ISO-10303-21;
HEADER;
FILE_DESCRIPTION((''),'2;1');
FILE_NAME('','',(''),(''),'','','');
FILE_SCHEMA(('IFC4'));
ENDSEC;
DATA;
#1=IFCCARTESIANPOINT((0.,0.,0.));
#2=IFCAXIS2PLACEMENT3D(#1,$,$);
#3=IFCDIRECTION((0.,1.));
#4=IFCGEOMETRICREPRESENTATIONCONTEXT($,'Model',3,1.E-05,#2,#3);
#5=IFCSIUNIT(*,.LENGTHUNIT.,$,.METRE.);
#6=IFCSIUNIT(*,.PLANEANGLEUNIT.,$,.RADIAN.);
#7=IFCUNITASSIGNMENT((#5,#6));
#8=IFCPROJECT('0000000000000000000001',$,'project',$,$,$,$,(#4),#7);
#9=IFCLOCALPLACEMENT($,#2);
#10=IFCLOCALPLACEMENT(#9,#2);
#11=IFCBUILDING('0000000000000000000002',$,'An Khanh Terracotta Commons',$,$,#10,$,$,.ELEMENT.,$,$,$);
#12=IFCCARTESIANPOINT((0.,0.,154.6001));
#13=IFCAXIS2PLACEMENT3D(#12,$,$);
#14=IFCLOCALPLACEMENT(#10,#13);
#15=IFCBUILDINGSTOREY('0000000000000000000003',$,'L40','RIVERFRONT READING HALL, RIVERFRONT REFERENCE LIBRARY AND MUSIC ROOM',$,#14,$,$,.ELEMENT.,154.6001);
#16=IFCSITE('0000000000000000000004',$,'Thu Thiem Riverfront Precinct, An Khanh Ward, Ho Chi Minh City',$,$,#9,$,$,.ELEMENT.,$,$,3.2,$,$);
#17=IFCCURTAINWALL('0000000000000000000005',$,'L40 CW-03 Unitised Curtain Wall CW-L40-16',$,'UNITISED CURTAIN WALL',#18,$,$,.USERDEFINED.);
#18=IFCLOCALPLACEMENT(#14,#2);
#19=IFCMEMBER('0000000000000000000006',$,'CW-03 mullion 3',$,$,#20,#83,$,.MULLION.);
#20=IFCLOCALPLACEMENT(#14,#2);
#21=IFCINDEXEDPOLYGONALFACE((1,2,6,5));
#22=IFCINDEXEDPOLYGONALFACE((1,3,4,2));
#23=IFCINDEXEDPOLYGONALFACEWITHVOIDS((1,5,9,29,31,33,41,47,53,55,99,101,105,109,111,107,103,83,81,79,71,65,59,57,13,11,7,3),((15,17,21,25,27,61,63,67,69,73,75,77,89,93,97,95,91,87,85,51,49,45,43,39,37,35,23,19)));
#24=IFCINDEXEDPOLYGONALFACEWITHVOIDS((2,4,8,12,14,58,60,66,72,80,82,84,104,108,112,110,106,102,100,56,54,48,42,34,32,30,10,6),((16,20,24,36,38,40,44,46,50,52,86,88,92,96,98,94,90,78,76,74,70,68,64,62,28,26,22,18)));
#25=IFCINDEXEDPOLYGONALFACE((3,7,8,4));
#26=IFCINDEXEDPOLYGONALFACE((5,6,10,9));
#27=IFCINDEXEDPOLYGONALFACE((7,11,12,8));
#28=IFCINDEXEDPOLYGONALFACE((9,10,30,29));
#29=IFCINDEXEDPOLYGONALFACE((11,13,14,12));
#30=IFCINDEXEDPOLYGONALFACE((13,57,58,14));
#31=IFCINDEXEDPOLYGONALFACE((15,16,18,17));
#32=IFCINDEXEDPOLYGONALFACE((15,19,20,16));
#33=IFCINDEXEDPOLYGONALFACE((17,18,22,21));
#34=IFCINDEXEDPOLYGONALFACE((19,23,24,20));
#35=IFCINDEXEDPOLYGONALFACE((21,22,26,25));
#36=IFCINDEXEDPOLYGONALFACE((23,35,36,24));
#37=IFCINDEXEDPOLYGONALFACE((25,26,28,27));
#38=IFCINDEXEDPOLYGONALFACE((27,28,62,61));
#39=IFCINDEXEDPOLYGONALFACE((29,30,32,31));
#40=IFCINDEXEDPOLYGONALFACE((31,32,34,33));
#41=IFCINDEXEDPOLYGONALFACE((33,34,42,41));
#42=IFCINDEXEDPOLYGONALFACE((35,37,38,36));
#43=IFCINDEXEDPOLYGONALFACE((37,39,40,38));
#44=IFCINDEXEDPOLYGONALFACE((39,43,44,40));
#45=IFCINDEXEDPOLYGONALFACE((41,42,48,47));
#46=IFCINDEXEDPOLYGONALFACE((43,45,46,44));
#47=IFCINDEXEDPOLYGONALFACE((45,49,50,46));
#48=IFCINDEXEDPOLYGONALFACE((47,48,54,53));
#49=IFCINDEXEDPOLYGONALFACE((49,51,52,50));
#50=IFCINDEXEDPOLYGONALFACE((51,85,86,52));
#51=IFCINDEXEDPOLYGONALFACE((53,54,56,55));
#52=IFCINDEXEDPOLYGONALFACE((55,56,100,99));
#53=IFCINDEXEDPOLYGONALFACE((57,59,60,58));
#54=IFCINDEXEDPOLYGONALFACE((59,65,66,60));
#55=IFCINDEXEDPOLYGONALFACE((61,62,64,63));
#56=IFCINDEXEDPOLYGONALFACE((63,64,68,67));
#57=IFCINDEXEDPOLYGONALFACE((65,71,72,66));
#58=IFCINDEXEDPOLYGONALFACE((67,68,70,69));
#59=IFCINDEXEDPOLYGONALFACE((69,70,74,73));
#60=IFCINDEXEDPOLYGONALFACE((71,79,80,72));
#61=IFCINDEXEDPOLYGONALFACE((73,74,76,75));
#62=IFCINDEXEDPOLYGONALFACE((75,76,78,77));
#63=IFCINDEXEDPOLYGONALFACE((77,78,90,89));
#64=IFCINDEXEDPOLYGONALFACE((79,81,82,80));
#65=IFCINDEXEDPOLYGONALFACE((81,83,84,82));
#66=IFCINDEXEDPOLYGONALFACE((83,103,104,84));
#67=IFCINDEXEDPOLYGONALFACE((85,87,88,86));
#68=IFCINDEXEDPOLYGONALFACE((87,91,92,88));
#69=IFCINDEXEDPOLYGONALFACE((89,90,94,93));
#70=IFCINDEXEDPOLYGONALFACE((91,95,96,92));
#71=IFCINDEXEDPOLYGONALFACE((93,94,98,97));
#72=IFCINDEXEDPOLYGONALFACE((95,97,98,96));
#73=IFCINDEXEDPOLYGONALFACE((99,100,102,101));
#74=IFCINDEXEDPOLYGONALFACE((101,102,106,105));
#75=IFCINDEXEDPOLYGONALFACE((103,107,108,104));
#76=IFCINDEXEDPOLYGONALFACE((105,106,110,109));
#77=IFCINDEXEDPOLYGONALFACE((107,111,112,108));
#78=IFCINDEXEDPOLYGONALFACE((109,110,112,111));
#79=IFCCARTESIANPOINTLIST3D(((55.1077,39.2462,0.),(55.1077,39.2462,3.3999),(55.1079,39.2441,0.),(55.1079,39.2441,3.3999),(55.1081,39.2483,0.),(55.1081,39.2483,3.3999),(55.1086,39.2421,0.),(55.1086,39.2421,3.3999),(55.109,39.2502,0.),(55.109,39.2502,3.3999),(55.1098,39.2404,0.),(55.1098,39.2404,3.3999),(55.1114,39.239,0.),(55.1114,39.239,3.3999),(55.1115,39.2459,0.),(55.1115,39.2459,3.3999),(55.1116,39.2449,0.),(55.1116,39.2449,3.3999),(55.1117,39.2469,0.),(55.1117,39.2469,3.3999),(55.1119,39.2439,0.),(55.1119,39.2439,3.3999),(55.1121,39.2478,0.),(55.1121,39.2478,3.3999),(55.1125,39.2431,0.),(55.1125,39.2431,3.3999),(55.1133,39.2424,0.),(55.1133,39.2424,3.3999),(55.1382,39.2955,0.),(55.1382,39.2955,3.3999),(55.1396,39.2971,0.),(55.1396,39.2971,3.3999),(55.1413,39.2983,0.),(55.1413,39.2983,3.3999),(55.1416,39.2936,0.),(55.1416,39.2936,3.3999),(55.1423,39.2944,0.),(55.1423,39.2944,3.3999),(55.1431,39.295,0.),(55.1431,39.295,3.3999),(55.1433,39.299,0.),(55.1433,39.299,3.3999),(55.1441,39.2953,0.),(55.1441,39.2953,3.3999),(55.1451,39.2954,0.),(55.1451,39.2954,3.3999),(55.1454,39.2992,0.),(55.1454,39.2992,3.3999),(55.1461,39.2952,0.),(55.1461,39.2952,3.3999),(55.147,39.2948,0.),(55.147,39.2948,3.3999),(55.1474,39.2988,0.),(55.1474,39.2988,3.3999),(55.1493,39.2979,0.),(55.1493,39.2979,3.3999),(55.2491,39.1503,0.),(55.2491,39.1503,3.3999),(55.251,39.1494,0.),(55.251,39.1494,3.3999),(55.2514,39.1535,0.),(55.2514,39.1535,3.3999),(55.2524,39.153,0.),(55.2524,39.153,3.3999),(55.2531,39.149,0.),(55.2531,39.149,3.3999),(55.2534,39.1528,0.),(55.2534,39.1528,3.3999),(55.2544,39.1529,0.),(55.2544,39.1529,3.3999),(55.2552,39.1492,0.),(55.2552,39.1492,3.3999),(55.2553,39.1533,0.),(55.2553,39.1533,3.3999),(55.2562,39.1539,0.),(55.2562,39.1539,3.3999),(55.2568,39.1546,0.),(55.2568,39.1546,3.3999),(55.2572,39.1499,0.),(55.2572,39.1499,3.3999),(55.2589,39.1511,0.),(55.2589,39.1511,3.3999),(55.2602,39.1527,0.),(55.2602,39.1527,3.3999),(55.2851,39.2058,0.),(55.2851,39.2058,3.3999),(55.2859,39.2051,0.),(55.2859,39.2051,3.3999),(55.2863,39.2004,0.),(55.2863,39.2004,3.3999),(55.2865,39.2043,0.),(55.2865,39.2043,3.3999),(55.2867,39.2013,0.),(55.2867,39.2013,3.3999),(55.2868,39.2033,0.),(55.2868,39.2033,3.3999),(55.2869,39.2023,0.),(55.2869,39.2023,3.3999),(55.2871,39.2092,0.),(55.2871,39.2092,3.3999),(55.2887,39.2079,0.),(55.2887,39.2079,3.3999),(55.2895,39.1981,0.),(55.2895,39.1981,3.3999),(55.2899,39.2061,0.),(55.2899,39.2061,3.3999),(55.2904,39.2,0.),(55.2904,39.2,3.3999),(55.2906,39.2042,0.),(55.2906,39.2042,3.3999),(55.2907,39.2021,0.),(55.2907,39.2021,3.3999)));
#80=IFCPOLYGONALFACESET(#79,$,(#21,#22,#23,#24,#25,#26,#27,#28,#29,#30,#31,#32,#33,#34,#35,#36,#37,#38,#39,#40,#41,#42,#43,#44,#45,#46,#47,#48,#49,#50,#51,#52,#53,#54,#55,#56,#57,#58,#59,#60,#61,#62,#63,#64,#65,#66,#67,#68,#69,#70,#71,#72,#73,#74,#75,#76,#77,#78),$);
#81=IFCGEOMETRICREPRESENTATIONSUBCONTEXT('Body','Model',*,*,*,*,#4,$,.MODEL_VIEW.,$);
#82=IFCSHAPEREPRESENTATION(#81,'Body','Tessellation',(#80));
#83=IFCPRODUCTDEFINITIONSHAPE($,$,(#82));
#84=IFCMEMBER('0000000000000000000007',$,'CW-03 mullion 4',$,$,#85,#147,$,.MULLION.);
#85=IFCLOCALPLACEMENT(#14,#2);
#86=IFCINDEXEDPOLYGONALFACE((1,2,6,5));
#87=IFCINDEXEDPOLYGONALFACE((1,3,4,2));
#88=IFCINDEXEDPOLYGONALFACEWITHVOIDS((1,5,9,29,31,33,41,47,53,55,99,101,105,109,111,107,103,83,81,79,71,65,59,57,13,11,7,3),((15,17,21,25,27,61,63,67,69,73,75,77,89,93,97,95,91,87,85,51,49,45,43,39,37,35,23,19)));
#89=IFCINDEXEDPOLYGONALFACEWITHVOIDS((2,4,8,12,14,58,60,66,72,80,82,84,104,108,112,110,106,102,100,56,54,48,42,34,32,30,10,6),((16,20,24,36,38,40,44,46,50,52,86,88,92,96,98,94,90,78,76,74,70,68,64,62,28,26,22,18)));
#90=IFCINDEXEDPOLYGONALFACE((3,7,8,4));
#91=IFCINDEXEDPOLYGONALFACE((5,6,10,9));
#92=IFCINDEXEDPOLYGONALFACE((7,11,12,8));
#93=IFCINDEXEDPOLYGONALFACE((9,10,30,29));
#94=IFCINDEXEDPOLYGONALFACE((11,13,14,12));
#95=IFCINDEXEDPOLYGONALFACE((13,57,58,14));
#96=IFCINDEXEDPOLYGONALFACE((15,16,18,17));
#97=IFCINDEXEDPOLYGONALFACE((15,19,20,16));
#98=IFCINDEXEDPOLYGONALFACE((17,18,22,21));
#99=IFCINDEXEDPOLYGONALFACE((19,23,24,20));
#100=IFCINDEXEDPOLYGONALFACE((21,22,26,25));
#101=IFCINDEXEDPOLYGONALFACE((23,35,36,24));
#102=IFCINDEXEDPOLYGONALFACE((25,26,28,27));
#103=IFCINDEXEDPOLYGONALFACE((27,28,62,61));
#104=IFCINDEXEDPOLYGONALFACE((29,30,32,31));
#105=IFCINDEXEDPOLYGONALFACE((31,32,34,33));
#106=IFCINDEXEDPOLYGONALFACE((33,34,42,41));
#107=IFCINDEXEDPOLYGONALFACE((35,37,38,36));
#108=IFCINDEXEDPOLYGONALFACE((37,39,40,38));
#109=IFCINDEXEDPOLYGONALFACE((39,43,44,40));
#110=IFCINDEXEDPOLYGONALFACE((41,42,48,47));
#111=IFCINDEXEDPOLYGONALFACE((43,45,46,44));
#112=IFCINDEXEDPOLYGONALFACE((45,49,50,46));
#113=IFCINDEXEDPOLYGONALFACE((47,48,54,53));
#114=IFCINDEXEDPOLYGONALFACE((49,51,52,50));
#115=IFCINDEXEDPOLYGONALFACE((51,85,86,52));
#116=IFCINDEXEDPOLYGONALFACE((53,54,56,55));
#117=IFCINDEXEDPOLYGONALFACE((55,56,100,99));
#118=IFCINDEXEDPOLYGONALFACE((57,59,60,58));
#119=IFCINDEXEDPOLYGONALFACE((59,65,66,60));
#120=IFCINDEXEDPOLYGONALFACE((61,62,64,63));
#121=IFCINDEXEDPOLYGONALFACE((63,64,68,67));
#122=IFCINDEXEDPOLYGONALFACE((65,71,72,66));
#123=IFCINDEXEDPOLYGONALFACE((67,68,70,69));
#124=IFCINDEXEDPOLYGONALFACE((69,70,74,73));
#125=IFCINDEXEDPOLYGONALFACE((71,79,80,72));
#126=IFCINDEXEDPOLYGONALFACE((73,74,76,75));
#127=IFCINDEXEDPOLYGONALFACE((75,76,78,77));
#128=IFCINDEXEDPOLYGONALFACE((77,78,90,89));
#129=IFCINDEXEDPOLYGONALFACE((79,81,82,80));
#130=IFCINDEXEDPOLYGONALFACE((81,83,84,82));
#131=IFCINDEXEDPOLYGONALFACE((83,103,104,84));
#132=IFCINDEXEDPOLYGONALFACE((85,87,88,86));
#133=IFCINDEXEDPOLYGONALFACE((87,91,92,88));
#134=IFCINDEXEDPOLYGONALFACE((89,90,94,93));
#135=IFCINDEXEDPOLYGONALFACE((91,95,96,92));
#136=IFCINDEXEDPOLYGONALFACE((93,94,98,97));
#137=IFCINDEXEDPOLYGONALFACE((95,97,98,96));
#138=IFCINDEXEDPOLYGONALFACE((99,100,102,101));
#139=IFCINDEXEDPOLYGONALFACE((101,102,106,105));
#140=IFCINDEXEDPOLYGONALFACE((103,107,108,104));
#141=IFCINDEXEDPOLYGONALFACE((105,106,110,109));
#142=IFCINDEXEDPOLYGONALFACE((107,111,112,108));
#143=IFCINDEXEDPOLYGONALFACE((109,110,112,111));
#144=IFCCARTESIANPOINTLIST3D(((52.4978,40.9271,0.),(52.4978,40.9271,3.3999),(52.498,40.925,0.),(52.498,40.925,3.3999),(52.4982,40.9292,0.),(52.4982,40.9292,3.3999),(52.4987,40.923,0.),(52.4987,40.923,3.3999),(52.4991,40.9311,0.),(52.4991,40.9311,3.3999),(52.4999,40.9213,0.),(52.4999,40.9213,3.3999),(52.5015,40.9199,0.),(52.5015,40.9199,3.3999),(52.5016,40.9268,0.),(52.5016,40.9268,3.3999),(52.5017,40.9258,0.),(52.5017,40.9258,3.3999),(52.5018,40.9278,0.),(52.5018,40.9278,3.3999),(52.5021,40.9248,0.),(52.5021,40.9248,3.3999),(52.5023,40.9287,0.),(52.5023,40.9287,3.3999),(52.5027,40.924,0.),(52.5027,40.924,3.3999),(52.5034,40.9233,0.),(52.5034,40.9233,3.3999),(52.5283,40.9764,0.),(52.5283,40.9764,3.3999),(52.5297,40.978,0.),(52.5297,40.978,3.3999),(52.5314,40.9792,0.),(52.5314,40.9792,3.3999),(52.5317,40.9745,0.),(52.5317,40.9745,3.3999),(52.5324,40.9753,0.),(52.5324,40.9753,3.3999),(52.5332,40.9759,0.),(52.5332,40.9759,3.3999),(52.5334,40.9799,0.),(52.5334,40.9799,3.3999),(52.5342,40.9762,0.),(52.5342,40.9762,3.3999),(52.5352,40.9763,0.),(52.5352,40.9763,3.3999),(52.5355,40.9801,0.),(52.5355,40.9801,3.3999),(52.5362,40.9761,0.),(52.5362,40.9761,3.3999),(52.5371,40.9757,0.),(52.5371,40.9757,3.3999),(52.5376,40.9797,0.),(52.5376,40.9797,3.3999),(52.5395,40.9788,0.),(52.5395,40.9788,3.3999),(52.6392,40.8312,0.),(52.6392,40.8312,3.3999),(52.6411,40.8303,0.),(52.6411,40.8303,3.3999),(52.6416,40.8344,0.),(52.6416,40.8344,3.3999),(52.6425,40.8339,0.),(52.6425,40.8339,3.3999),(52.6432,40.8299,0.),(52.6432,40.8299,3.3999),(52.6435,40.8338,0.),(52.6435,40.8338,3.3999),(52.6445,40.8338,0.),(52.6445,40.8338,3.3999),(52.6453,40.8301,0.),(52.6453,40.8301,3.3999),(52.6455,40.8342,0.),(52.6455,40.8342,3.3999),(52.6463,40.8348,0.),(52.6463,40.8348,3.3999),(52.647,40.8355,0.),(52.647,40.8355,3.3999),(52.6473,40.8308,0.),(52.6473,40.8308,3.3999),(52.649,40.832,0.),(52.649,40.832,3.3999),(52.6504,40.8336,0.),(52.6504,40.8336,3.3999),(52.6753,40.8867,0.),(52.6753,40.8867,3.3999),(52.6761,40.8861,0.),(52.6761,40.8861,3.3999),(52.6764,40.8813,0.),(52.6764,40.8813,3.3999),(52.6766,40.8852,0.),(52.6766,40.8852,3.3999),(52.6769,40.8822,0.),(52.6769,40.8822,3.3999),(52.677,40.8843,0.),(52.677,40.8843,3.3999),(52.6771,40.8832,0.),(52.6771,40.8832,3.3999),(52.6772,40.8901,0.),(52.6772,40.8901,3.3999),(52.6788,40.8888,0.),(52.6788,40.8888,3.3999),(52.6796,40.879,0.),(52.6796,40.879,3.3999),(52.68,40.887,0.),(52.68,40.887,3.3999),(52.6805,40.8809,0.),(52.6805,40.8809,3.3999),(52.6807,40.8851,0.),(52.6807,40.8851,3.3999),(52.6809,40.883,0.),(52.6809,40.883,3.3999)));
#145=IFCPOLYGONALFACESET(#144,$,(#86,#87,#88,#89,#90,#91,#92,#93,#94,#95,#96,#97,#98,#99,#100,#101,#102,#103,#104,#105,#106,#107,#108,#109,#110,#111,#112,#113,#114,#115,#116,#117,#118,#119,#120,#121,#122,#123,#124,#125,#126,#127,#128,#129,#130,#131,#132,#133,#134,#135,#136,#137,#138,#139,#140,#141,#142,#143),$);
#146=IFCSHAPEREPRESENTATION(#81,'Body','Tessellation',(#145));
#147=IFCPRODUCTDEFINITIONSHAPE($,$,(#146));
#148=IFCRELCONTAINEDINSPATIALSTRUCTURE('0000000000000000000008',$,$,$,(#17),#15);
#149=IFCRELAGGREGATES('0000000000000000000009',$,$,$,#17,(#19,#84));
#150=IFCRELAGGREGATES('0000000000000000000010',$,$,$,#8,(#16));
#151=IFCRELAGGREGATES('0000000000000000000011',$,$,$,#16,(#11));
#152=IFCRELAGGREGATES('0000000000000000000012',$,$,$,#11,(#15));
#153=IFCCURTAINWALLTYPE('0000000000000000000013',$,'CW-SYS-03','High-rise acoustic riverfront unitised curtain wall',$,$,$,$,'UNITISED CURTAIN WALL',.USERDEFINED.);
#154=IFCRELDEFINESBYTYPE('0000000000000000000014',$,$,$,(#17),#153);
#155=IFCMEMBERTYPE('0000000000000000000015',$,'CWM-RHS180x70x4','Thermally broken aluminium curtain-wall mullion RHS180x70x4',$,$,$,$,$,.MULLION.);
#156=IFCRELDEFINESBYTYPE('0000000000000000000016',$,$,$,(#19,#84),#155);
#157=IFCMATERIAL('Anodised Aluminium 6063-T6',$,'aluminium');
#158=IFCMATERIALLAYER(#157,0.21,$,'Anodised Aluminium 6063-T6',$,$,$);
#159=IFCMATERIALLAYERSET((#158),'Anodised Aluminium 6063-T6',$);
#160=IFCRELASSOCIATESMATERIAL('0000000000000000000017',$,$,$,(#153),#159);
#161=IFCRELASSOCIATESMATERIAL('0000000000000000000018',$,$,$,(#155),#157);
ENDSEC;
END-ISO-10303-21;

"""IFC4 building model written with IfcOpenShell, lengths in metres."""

from ifc_helpers import new_model, si_unit, direction, frame, origin, origin_2d, place, context, subcontext, project, spatial, hollow_rectangle, extrude, material, layer, layer_set, material_profile, profile_set, type_object, element, aggregate, save


model = new_model("IFC4")

# Units and contexts
model_context = context("Model", 3, precision=1e-05, world=origin(), true_north=direction((0.0, 1.0)))
body_context = subcontext(model_context, "Body", "Model", "MODEL_VIEW")
ifc_project = project(units=[si_unit("LENGTHUNIT", "METRE"), si_unit("PLANEANGLEUNIT", "RADIAN")], contexts=[model_context])

# Site, building, storey
site_placement = place(None, origin())
site = spatial("IfcSite", under=ifc_project, at=site_placement, Name="Thu Thiem Riverfront Precinct, An Khanh Ward, Ho Chi Minh City", CompositionType="ELEMENT", RefElevation=3.2)
building_placement = place(site_placement, origin())
building = spatial("IfcBuilding", under=site, at=building_placement, Name="An Khanh Terracotta Commons", CompositionType="ELEMENT")
storey_placement = place(building_placement, frame((0.0, 0.0, 154.6001)))
storey = spatial("IfcBuildingStorey", under=building, at=storey_placement, Name="L40", Description="RIVERFRONT READING HALL, RIVERFRONT REFERENCE LIBRARY AND MUSIC ROOM", CompositionType="ELEMENT", Elevation=154.6001)

# Curtain wall, members
ifc_material_1 = material(Name="Anodised Aluminium 6063-T6", Category="aluminium")
ifc_layer_1 = layer(ifc_material_1, 0.21, Name="Anodised Aluminium 6063-T6")
ifc_layer_set_1 = layer_set([ifc_layer_1], Name="Anodised Aluminium 6063-T6")
curtain_wall_type = type_object("IfcCurtainWallType", Name="CW-SYS-03", Description="High-rise acoustic riverfront unitised curtain wall", ElementType="UNITISED CURTAIN WALL", PredefinedType="USERDEFINED", material=ifc_layer_set_1)
curtain_wall_placement = place(storey_placement, origin())
curtain_wall = element("IfcCurtainWall", 1, at=curtain_wall_placement, inside=storey, type_object=curtain_wall_type, Name="L40 CW-03 Unitised Curtain Wall CW-L40-16", ObjectType="UNITISED CURTAIN WALL", PredefinedType="USERDEFINED")
ifc_material_profile_1 = material_profile(ifc_material_1, hollow_rectangle(XDim=0.0701, YDim=0.1799, WallThickness=0.0039, InnerFilletRadius=0.0039, OuterFilletRadius=0.0081, at=origin_2d()), Name="RHS180x70x4")
ifc_profile_set_1 = profile_set([ifc_material_profile_1], Name="Anodised Aluminium 6063-T6")
member_type_1 = type_object("IfcMemberType", Name="CWM-RHS180x70x4", Description="Thermally broken aluminium curtain-wall mullion RHS180x70x4", PredefinedType="MULLION", material=ifc_profile_set_1)
member_1_placement = place(storey_placement, frame((55.1992, 39.2241, 0.0), z_axis=(0.0, 0.0, 1.0), x_axis=(-0.541498, -0.840702, 0.0)))
member_1 = element("IfcMember", 2, at=member_1_placement, type_object=member_type_1, Name="CW-03 mullion 3", PredefinedType="MULLION", context=body_context, shape_type="SweptSolid", body=[
    extrude(hollow_rectangle(XDim=0.0701, YDim=0.1799, WallThickness=0.0039, InnerFilletRadius=0.0039, OuterFilletRadius=0.0081, at=origin_2d()), origin(), (0.0, 0.0, 1.0), 3.3999),
])
member_2_placement = place(storey_placement, frame((52.5894, 40.905, 0.0), z_axis=(0.0, 0.0, 1.0), x_axis=(-0.541498, -0.840702, 0.0)))
member_2 = element("IfcMember", 3, at=member_2_placement, type_object=member_type_1, Name="CW-03 mullion 4", PredefinedType="MULLION", context=body_context, shape_type="SweptSolid", body=[
    extrude(hollow_rectangle(XDim=0.0701, YDim=0.1799, WallThickness=0.0039, InnerFilletRadius=0.0039, OuterFilletRadius=0.0081, at=origin_2d()), origin(), (0.0, 0.0, 1.0), 3.3999),
])
aggregate(curtain_wall, [member_1, member_2])

save(model, "model.ifc")
